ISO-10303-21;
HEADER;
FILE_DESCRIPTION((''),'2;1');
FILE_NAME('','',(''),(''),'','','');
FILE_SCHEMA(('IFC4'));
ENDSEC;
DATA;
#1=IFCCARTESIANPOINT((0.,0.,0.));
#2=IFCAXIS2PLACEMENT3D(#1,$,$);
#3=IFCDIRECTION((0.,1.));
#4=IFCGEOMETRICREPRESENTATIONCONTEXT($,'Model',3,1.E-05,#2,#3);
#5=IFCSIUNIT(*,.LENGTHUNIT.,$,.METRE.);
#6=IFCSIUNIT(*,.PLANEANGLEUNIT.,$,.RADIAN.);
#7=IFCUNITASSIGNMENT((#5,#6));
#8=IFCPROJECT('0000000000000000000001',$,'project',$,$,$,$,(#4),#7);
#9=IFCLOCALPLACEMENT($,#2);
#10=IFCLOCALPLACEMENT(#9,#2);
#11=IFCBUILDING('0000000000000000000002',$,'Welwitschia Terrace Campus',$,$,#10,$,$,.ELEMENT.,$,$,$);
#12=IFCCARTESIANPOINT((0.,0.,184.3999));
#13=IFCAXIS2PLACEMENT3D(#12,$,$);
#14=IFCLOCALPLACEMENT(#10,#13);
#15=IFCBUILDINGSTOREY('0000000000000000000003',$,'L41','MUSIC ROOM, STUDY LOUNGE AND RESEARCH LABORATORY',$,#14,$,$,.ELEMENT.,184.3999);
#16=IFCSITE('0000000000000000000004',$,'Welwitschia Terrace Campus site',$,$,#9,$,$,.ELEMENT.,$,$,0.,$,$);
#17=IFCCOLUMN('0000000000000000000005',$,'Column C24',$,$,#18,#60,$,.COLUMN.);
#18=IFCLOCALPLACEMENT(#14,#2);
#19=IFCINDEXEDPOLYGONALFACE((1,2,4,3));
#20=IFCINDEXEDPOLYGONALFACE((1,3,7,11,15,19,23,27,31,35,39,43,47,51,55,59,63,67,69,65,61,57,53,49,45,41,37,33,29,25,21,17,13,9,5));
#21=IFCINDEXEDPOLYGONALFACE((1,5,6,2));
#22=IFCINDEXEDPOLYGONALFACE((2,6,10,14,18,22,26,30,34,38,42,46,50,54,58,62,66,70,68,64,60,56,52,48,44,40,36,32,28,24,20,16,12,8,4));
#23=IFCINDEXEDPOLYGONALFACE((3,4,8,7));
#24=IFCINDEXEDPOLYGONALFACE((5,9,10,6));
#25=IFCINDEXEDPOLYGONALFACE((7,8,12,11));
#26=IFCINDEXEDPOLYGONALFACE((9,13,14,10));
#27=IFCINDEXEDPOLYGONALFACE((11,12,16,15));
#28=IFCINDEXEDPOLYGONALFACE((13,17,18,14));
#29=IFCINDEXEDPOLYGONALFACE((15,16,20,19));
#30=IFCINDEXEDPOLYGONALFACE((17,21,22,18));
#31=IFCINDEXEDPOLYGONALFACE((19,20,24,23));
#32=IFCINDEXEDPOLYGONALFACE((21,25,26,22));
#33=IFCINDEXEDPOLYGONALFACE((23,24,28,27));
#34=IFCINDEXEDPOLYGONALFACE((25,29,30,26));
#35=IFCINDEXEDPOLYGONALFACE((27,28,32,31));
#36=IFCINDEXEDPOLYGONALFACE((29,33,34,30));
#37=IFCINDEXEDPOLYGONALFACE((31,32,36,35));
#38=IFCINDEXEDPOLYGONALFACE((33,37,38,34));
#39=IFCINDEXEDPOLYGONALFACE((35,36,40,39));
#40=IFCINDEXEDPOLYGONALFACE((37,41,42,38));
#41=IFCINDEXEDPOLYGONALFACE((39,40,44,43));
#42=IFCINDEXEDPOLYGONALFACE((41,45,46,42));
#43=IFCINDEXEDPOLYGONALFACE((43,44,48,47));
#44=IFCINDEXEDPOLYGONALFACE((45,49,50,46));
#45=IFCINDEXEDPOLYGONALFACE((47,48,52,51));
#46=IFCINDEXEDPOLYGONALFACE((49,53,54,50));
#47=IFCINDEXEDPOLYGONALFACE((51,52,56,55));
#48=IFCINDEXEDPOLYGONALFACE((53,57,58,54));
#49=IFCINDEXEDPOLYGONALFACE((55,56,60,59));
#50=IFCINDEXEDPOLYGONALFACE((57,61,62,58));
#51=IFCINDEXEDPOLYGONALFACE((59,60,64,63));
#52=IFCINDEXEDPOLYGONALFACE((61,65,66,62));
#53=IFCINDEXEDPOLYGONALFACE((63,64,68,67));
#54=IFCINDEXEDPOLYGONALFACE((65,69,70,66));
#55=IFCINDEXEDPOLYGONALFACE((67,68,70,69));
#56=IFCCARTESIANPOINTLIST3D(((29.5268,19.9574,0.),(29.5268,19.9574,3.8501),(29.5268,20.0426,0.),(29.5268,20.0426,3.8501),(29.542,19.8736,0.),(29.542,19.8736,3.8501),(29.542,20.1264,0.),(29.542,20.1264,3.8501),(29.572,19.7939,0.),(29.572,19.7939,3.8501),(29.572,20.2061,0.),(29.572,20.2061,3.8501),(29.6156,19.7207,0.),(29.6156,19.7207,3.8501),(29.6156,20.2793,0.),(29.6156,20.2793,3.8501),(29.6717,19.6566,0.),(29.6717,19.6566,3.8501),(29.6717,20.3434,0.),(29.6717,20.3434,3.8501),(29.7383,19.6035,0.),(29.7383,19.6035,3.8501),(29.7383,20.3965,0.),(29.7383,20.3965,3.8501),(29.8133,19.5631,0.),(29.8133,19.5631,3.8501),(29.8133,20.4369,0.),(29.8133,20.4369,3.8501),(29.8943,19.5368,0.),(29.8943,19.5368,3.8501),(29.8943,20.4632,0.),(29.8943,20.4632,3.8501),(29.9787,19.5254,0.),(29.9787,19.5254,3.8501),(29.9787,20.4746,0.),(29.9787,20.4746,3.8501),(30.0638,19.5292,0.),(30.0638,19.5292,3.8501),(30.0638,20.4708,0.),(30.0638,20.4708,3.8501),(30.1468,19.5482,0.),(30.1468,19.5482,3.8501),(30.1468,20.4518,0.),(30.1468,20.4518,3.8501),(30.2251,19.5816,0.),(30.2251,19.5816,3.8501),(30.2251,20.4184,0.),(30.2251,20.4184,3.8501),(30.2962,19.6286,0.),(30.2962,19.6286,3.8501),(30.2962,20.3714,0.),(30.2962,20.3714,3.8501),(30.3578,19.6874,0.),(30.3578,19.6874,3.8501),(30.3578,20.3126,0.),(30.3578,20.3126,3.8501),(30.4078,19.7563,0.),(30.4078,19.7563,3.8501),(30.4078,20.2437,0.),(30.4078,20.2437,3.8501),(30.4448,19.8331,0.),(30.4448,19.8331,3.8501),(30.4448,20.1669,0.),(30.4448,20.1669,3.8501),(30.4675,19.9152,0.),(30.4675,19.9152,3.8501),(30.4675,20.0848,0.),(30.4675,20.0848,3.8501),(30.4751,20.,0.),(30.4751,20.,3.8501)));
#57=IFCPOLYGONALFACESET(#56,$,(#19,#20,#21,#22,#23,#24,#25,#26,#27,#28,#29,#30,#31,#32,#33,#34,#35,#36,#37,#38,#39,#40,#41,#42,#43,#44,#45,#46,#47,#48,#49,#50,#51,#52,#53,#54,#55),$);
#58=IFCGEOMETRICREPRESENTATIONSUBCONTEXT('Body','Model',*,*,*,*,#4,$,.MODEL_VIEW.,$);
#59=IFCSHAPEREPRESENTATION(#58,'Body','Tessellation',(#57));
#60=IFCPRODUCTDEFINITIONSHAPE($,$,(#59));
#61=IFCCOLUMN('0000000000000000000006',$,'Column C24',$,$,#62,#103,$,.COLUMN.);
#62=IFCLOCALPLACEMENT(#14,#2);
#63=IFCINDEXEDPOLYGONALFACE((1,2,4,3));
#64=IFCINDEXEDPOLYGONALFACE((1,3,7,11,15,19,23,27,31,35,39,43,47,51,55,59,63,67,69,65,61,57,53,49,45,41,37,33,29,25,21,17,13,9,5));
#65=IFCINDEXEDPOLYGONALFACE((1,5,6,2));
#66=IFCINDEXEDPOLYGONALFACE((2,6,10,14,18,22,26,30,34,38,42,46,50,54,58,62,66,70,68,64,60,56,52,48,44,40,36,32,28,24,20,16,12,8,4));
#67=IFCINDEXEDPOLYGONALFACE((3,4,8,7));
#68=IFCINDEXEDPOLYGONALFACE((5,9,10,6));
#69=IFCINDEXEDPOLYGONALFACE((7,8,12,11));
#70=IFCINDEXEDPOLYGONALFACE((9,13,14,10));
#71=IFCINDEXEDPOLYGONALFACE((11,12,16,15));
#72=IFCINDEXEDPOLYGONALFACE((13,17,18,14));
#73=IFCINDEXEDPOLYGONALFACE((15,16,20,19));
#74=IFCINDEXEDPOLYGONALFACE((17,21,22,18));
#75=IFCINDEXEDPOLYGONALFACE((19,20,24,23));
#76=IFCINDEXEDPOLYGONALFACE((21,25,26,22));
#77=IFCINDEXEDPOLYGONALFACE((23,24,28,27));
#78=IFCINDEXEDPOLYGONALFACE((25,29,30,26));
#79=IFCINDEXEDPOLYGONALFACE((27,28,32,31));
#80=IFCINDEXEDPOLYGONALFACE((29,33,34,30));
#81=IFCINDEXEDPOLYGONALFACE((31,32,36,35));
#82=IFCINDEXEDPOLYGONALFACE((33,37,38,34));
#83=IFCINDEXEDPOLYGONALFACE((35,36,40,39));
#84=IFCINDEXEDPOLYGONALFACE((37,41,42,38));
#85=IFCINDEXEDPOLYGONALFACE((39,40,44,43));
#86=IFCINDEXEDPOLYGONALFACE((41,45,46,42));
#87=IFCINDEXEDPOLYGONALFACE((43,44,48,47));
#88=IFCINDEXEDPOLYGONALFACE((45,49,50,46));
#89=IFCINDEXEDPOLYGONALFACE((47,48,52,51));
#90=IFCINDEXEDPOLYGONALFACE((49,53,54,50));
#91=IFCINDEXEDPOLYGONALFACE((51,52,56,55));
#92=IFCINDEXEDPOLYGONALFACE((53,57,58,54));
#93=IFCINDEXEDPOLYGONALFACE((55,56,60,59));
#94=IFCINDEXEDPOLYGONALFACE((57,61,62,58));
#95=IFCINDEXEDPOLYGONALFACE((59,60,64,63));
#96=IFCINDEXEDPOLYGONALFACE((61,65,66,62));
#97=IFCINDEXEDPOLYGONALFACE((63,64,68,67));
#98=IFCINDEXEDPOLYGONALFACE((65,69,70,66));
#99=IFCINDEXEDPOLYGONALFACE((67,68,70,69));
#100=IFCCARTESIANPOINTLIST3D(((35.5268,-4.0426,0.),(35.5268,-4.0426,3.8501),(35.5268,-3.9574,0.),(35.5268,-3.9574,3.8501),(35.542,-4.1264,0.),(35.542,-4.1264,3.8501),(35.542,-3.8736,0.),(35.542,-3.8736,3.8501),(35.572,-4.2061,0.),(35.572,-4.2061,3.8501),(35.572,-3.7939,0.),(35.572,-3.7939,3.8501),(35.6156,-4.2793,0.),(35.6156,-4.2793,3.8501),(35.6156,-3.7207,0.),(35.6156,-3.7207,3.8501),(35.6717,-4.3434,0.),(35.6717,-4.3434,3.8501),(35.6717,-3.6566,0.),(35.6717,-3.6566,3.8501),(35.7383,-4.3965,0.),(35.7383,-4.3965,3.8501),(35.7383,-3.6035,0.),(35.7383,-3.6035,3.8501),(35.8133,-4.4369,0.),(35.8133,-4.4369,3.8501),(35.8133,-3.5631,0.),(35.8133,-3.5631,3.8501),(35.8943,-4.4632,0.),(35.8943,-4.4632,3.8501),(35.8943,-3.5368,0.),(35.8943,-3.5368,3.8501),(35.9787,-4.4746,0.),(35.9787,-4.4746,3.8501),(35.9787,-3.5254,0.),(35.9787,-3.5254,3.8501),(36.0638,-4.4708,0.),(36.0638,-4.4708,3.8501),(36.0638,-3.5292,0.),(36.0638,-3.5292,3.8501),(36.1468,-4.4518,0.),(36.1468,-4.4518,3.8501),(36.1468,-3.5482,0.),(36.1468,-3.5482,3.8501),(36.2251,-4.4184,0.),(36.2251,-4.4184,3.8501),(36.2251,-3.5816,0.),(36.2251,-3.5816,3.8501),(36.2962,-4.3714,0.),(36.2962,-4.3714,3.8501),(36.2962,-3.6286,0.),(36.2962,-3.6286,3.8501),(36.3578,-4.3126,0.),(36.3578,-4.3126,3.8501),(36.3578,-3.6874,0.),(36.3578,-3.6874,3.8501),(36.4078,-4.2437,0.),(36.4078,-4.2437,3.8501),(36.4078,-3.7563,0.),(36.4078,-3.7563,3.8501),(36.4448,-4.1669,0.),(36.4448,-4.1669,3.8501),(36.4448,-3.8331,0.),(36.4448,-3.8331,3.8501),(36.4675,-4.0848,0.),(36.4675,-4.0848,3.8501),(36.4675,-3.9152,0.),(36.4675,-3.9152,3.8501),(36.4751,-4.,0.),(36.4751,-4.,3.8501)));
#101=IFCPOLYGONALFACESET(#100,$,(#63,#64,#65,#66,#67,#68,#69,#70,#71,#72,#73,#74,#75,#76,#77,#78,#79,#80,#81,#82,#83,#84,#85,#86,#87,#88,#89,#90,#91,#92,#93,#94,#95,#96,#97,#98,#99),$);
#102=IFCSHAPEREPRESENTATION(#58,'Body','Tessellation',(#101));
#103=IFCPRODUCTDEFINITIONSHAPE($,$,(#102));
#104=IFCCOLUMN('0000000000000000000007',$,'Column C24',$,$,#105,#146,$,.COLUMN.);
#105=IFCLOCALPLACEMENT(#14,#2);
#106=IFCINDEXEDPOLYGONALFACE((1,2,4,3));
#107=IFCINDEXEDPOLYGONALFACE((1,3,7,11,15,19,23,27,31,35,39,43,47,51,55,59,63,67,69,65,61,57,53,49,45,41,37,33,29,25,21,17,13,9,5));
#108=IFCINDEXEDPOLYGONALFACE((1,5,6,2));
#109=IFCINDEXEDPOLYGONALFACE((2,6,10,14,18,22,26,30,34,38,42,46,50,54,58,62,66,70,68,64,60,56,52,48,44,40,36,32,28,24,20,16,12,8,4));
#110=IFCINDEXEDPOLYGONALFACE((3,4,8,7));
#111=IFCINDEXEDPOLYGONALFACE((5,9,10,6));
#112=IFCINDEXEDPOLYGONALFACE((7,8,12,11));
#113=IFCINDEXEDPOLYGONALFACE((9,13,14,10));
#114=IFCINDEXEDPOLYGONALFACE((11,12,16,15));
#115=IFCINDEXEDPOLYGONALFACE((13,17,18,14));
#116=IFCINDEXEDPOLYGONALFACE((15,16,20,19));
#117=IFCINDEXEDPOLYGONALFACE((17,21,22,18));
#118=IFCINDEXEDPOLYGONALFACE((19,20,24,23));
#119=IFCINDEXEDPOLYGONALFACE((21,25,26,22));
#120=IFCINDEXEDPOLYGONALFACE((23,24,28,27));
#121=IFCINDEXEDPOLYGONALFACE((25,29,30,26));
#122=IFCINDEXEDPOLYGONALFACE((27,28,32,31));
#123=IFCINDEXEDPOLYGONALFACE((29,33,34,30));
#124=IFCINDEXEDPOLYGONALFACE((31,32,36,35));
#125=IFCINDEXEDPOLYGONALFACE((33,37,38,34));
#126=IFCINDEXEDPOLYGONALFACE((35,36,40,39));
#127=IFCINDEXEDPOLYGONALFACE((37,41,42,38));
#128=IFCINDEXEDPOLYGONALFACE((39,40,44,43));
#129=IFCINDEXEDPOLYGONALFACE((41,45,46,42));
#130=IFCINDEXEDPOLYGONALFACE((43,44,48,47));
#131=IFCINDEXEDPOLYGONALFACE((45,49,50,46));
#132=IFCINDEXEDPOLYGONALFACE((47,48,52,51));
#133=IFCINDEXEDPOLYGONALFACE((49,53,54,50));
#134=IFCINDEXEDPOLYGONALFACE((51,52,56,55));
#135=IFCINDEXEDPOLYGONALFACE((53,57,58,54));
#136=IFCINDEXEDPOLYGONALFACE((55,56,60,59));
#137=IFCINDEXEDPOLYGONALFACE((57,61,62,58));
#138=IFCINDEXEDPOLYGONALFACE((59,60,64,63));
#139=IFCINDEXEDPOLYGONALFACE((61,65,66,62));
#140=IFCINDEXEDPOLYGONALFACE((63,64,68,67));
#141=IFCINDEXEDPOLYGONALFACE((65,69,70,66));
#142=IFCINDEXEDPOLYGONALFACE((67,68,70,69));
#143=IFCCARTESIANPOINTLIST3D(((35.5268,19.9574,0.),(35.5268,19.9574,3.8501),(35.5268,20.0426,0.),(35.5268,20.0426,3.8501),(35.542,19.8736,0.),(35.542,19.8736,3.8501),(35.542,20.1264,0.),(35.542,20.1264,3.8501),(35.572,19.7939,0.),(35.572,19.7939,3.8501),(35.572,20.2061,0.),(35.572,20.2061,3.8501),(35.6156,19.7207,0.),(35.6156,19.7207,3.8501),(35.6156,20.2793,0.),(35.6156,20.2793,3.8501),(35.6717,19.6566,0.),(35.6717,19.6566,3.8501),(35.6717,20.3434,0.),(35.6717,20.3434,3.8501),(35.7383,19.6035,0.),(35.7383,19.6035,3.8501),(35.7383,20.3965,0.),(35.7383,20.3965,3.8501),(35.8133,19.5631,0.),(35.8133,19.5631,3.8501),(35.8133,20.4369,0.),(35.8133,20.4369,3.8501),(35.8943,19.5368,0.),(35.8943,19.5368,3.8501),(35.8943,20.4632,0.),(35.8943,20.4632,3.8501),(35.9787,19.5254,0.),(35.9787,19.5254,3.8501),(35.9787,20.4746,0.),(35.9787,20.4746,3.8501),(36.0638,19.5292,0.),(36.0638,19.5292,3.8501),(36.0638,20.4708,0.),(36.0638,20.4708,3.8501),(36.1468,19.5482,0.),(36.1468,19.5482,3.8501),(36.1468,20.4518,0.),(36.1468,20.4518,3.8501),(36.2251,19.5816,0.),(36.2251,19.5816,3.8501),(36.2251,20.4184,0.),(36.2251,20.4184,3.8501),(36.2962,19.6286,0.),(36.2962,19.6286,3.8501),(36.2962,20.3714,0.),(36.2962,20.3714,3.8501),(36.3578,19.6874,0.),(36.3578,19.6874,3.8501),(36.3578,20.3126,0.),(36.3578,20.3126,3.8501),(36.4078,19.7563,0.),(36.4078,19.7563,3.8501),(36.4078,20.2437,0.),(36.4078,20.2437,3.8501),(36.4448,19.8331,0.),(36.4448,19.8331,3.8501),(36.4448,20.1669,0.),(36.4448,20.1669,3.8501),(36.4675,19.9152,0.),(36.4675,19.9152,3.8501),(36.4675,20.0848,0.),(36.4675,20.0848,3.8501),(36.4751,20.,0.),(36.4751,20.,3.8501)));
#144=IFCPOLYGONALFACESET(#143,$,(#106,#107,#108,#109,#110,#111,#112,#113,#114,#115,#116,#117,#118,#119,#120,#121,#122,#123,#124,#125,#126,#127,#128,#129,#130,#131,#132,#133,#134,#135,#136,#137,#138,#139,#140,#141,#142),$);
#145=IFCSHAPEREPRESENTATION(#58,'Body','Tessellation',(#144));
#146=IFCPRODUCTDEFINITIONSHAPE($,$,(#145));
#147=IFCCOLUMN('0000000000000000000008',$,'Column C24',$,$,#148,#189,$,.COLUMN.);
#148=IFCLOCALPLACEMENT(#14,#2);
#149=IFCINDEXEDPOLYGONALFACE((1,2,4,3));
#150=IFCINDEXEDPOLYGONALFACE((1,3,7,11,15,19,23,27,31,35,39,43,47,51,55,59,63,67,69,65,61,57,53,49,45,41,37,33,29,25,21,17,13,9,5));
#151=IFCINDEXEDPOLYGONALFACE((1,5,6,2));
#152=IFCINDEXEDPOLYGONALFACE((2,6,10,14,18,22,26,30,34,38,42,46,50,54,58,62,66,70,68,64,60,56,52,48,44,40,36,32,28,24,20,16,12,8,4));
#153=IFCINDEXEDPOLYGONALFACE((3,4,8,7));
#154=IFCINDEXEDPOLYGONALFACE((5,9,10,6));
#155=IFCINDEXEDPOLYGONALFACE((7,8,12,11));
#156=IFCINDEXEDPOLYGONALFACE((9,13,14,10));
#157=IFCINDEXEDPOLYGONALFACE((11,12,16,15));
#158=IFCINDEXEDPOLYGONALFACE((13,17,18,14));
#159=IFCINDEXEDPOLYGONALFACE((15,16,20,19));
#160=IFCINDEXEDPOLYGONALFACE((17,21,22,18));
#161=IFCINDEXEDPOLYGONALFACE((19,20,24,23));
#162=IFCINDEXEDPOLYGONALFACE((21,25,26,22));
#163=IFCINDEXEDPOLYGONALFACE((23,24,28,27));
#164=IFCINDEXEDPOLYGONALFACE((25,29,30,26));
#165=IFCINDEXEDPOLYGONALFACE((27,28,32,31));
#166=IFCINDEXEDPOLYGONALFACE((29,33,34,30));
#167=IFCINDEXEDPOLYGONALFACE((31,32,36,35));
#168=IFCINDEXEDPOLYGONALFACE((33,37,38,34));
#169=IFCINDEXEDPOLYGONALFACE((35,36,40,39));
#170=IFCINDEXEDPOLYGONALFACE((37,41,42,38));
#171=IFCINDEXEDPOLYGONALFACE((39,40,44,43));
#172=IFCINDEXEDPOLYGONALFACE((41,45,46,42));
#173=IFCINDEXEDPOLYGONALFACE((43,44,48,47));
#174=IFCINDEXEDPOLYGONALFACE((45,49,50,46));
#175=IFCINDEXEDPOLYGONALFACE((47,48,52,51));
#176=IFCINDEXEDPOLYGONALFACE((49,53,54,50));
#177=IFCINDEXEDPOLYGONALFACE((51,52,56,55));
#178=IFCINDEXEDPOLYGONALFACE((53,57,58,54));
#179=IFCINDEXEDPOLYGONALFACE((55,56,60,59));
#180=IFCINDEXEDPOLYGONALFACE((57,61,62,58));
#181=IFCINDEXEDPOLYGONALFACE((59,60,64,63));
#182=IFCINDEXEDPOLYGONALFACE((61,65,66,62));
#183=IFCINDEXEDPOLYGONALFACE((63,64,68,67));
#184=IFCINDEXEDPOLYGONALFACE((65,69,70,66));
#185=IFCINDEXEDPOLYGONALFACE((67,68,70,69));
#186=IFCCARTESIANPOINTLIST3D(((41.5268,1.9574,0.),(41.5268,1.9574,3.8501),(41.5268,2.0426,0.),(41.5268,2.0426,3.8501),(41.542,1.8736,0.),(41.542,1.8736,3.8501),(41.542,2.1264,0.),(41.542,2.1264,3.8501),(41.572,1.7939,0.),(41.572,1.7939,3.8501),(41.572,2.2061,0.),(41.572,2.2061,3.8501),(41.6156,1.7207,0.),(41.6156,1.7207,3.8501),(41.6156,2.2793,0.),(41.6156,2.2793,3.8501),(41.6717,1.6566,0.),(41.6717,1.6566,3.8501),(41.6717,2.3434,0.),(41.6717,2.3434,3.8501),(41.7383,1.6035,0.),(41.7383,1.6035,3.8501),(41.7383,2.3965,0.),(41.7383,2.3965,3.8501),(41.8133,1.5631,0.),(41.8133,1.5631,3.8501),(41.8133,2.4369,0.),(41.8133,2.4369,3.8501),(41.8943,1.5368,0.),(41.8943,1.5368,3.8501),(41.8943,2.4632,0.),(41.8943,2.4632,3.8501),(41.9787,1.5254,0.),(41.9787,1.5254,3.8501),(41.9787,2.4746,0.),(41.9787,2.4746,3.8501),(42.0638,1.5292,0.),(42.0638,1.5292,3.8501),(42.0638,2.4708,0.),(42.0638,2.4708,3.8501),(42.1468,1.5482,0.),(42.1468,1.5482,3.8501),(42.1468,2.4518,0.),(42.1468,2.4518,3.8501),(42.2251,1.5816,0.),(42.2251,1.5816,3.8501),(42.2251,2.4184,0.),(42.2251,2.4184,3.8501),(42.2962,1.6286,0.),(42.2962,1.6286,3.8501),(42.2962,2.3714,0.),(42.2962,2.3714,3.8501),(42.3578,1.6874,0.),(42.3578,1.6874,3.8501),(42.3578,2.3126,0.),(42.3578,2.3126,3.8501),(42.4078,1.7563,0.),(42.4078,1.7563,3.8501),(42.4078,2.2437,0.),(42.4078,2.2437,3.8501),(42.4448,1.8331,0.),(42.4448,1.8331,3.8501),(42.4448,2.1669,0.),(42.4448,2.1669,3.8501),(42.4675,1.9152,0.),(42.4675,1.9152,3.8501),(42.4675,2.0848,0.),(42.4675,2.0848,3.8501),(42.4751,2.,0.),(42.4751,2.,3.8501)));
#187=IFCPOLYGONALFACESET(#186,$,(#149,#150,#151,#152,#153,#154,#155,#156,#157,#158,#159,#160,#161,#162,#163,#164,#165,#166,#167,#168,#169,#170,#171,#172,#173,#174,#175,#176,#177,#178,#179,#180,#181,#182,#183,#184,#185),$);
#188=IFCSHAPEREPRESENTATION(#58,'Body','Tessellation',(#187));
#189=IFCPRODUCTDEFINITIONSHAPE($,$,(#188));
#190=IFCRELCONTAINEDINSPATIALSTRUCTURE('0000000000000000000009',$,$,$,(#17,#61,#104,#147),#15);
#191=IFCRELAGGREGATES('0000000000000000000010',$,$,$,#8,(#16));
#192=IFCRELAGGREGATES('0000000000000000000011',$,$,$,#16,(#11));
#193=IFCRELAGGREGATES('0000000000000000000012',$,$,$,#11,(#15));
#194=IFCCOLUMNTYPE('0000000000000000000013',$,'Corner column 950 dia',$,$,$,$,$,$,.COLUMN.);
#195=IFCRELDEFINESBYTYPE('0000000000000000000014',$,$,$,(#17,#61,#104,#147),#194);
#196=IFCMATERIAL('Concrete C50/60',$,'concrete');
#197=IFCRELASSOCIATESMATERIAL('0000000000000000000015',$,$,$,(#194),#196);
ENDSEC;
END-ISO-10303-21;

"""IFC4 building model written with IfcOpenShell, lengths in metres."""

from ifc_helpers import new_model, si_unit, direction, frame, origin, origin_2d, place, context, subcontext, project, spatial, circle, extrude, material, material_profile, profile_set, type_object, element, save


model = new_model("IFC4")

# Units and contexts
model_context = context("Model", 3, precision=1e-05, world=origin(), true_north=direction((0.0, 1.0)))
body_context = subcontext(model_context, "Body", "Model", "MODEL_VIEW")
ifc_project = project(units=[si_unit("LENGTHUNIT", "METRE"), si_unit("PLANEANGLEUNIT", "RADIAN")], contexts=[model_context])

# Site, building, storey
site_placement = place(None, origin())
site = spatial("IfcSite", under=ifc_project, at=site_placement, Name="Welwitschia Terrace Campus site", CompositionType="ELEMENT", RefElevation=0.0)
building_placement = place(site_placement, origin())
building = spatial("IfcBuilding", under=site, at=building_placement, Name="Welwitschia Terrace Campus", CompositionType="ELEMENT")
storey_placement = place(building_placement, frame((0.0, 0.0, 184.3999)))
storey = spatial("IfcBuildingStorey", under=building, at=storey_placement, Name="L41", Description="MUSIC ROOM, STUDY LOUNGE AND RESEARCH LABORATORY", CompositionType="ELEMENT", Elevation=184.3999)

# Columns
ifc_material_1 = material(Name="Concrete C50/60", Category="concrete")
ifc_material_profile_1 = material_profile(ifc_material_1, circle(Radius=0.4751, at=origin_2d()))
ifc_profile_set_1 = profile_set([ifc_material_profile_1], Name="Concrete C50/60")
column_type_1 = type_object("IfcColumnType", Name="Corner column 950 dia", PredefinedType="COLUMN", material=ifc_profile_set_1)
for number, where, z_axis, x_axis, name in (
    (1, (30.0, 20.0, 0.0), (0.0, 0.0, 1.0), (1.0, 0.0, 0.0), "Column C24"),
    (2, (36.0, -4.0, 0.0), (0.0, 0.0, 1.0), (1.0, 0.0, 0.0), "Column C24"),
    (3, (36.0, 20.0, 0.0), (0.0, 0.0, 1.0), (1.0, 0.0, 0.0), "Column C24"),
    (4, (42.0, 2.0, 0.0), (0.0, 0.0, 1.0), (1.0, 0.0, 0.0), "Column C24"),
):
    element("IfcColumn", number, at=place(storey_placement, frame(where, z_axis=z_axis, x_axis=x_axis)), inside=storey, type_object=column_type_1, Name=name, PredefinedType="COLUMN", context=body_context, shape_type="SweptSolid", body=[
        extrude(circle(Radius=0.4751, at=origin_2d()), origin(), (0.0, 0.0, 1.0), 3.8501),
    ])

save(model, "model.ifc")
